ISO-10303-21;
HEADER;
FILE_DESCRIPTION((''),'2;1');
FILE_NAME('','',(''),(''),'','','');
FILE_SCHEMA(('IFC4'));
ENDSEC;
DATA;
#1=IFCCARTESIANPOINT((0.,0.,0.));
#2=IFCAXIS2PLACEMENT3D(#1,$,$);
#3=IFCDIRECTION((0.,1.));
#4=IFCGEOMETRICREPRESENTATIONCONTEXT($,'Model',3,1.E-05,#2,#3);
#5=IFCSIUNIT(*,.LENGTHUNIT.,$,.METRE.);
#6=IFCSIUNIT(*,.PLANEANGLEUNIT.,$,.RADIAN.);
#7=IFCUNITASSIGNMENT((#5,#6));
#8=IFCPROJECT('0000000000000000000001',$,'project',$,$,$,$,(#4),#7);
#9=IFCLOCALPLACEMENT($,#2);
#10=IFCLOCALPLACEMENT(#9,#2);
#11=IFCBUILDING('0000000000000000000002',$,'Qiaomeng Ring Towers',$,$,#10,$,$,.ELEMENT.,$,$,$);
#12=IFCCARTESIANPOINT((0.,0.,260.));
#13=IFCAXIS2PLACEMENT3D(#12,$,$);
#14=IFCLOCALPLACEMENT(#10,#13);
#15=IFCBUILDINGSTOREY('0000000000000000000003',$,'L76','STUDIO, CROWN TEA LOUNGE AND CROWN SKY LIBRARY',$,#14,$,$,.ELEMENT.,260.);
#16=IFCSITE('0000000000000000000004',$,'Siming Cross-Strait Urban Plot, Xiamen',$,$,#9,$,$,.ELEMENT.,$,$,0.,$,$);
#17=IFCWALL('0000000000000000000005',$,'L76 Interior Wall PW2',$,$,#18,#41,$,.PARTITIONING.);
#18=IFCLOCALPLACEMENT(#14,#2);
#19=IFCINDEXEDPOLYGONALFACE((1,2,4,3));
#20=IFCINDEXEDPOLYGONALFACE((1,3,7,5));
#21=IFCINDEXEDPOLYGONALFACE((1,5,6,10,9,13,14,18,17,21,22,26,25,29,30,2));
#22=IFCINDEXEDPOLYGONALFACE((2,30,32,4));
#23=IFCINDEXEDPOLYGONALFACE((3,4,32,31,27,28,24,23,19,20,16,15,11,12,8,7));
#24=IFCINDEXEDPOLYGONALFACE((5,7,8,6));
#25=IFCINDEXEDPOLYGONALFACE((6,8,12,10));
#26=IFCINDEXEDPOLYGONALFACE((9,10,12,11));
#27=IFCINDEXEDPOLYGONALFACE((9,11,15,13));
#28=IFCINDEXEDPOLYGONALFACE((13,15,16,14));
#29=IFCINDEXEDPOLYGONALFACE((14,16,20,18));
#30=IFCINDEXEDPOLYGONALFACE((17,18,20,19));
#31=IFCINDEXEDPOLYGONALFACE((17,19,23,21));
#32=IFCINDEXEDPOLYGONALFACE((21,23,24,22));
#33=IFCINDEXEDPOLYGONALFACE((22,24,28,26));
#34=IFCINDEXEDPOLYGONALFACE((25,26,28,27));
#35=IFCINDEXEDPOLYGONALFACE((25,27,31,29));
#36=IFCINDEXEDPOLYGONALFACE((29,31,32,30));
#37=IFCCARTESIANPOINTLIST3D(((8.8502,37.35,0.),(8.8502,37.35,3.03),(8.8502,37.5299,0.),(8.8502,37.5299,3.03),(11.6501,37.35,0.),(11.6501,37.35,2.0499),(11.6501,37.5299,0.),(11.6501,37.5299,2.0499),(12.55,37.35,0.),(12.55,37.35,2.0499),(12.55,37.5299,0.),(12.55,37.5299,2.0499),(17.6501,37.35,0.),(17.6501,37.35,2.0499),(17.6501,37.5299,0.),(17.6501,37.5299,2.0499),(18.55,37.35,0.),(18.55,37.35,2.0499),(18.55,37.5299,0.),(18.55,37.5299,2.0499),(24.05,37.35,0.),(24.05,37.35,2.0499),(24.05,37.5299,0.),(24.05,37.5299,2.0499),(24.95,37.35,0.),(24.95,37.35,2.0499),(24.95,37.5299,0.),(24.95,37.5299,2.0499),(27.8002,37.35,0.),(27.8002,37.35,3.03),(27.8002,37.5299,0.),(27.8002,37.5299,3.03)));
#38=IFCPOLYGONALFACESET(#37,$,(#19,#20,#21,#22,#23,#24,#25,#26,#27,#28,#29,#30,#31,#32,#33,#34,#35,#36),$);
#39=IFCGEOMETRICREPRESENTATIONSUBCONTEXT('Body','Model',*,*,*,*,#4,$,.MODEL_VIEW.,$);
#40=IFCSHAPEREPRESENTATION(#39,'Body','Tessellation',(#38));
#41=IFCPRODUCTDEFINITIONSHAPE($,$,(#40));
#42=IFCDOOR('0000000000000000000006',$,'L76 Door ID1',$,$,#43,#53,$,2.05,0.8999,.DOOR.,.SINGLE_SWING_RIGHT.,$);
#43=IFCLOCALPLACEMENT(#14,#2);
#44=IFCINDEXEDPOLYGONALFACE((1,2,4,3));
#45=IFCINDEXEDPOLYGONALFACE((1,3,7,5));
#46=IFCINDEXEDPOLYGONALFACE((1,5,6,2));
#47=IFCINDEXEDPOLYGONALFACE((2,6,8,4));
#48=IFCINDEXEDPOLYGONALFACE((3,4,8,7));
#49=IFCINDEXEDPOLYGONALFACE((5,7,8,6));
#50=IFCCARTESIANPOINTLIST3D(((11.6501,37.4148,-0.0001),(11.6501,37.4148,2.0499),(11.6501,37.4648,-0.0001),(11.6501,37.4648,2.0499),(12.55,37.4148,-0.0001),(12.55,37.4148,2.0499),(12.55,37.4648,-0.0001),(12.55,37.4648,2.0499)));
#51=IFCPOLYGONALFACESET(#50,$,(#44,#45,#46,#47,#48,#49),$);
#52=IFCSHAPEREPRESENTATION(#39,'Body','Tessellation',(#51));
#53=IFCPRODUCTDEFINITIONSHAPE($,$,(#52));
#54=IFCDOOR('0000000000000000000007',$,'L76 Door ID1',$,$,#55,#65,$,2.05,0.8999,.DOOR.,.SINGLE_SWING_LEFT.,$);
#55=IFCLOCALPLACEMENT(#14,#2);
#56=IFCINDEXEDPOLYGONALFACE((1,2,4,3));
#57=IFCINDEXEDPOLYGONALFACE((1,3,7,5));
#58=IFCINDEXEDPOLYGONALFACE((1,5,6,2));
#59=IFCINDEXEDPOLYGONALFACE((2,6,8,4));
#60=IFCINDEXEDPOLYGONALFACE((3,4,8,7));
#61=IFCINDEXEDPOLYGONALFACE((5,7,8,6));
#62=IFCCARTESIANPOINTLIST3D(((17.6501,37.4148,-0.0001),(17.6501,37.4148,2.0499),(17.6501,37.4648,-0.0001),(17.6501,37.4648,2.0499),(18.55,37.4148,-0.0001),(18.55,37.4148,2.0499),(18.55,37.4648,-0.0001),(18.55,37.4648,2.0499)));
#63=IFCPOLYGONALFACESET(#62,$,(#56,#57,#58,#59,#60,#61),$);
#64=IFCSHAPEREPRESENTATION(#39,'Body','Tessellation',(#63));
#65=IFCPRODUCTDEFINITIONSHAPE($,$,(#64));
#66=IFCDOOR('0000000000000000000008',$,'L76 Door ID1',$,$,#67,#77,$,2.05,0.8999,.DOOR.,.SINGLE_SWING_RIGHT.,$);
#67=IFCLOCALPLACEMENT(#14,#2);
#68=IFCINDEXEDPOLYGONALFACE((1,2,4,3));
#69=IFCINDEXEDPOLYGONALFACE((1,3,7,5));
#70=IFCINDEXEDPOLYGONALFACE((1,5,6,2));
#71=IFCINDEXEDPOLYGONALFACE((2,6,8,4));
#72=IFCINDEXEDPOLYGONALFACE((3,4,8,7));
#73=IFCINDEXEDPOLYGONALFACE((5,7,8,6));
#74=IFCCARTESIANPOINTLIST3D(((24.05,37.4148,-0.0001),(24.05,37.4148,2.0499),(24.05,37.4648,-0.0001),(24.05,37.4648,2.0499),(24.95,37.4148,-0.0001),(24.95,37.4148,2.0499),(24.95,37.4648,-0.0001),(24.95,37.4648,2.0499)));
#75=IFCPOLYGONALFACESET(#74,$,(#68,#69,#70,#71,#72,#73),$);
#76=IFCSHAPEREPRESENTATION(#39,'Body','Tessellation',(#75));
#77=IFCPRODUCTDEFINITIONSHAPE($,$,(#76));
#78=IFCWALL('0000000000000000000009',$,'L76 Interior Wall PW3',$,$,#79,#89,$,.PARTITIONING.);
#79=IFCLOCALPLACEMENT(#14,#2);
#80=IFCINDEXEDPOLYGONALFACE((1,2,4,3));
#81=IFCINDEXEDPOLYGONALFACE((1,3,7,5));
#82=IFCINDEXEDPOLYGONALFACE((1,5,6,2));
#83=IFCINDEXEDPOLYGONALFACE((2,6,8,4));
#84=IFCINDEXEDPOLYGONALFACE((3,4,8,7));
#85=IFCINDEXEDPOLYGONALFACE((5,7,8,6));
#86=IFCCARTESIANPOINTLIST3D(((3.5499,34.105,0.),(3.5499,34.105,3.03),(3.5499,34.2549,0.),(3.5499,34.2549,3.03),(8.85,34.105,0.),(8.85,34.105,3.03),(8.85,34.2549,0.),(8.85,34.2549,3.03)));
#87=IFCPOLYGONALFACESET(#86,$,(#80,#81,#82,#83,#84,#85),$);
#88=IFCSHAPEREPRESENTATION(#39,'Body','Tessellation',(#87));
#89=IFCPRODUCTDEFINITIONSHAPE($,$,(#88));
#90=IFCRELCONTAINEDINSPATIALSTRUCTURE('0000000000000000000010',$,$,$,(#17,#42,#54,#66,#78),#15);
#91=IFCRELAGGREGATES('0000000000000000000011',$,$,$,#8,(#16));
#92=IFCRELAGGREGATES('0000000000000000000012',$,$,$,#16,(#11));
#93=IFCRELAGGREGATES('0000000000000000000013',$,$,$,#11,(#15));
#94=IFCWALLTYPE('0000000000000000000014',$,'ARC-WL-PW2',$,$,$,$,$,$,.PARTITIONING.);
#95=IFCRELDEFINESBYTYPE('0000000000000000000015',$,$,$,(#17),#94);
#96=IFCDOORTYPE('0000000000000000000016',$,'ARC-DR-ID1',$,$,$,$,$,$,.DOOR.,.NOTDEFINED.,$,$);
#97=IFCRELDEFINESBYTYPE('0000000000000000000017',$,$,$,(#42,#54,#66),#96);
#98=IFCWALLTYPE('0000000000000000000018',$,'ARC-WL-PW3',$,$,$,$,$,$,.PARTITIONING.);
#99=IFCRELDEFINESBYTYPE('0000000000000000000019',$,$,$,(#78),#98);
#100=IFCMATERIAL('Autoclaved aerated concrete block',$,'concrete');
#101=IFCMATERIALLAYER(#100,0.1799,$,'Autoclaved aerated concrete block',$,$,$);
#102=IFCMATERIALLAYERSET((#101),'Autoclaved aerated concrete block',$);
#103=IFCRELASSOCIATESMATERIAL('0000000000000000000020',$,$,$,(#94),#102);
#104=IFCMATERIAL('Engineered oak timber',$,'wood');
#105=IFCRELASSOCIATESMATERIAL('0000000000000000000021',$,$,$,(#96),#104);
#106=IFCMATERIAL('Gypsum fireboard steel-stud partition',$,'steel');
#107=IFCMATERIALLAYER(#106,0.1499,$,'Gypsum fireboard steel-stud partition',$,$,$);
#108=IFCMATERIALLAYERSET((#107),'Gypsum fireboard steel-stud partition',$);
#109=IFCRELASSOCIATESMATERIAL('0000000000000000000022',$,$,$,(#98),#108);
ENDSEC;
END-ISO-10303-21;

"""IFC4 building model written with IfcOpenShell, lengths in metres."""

from ifc_helpers import new_model, si_unit, direction, frame, frame_2d, origin, place, context, subcontext, project, spatial, rectangle, extrude, source, transform, mapped, material, layer, layer_set, type_object, element, fill, save


model = new_model("IFC4")

# Units and contexts
model_context = context("Model", 3, precision=1e-05, world=origin(), true_north=direction((0.0, 1.0)))
body_context = subcontext(model_context, "Body", "Model", "MODEL_VIEW")
ifc_project = project(units=[si_unit("LENGTHUNIT", "METRE"), si_unit("PLANEANGLEUNIT", "RADIAN")], contexts=[model_context])

# Site, building, storey
site_placement = place(None, origin())
site = spatial("IfcSite", under=ifc_project, at=site_placement, Name="Siming Cross-Strait Urban Plot, Xiamen", CompositionType="ELEMENT", RefElevation=0.0)
building_placement = place(site_placement, origin())
building = spatial("IfcBuilding", under=site, at=building_placement, Name="Qiaomeng Ring Towers", CompositionType="ELEMENT")
storey_placement = place(building_placement, frame((0.0, 0.0, 260.0)))
storey = spatial("IfcBuildingStorey", under=building, at=storey_placement, Name="L76", Description="STUDIO, CROWN TEA LOUNGE AND CROWN SKY LIBRARY", CompositionType="ELEMENT", Elevation=260.0)

# Shared definitions
ifc_material_1 = material(Name="Autoclaved aerated concrete block", Category="concrete")
ifc_layer_1 = layer(ifc_material_1, 0.1799, Name="Autoclaved aerated concrete block")
ifc_layer_set_1 = layer_set([ifc_layer_1], Name="Autoclaved aerated concrete block")
wall_type_1 = type_object("IfcWallType", Name="ARC-WL-PW2", PredefinedType="PARTITIONING", material=ifc_layer_set_1)

# Wall, openings, doors
wall_1_placement = place(storey_placement, frame((8.8501, 37.4399, 0.0), z_axis=(0.0, 0.0, 1.0), x_axis=(1.0, 0.0, 0.0)))
wall_1 = element("IfcWall", 1, at=wall_1_placement, inside=storey, type_object=wall_type_1, Name="L76 Interior Wall PW2", PredefinedType="PARTITIONING", context=body_context, shape_type="SweptSolid", body=[
    extrude(rectangle(XDim=18.95, YDim=0.1799, at=frame_2d((9.4751, 0.0))), origin(), (0.0, 0.0, 1.0), 3.03),
])
opening_1_placement = place(wall_1_placement, frame((2.8, 0.0, 0.0)))
opening_1 = element("IfcOpeningElement", 2, at=opening_1_placement, cuts=wall_1, PredefinedType="OPENING", context=body_context, shape_type="SweptSolid", body=[
    extrude(rectangle(XDim=0.8999, YDim=2.05, at=frame_2d((0.45, 1.0249))), frame((0.0, 0.0999, 0.0), z_axis=(0.0, -1.0, 0.0), x_axis=(1.0, 0.0, 0.0)), (0.0, 0.0, 1.0), 0.2),
])
opening_2_placement = place(wall_1_placement, frame((8.8, 0.0, 0.0)))
opening_2 = element("IfcOpeningElement", 3, at=opening_2_placement, cuts=wall_1, PredefinedType="OPENING", context=body_context, shape_type="SweptSolid", body=[
    extrude(rectangle(XDim=0.8999, YDim=2.05, at=frame_2d((0.45, 1.0249))), frame((0.0, 0.0999, 0.0), z_axis=(0.0, -1.0, 0.0), x_axis=(1.0, 0.0, 0.0)), (0.0, 0.0, 1.0), 0.2),
])
opening_3_placement = place(wall_1_placement, frame((15.2, 0.0, 0.0)))
opening_3 = element("IfcOpeningElement", 4, at=opening_3_placement, cuts=wall_1, PredefinedType="OPENING", context=body_context, shape_type="SweptSolid", body=[
    extrude(rectangle(XDim=0.8999, YDim=2.05, at=frame_2d((0.45, 1.0249))), frame((0.0, 0.0999, 0.0), z_axis=(0.0, -1.0, 0.0), x_axis=(1.0, 0.0, 0.0)), (0.0, 0.0, 1.0), 0.2),
])
ifc_material_2 = material(Name="Engineered oak timber", Category="wood")
door_type_1 = type_object("IfcDoorType", Name="ARC-DR-ID1", OperationType="NOTDEFINED", PredefinedType="DOOR", material=ifc_material_2)
shared_shape_1 = source(origin(), body_context, "Body", "SweptSolid", [
    extrude(rectangle(XDim=0.8999, YDim=2.05, at=frame_2d((0.45, 1.0249))), frame((0.0, 0.0249, 0.0), z_axis=(0.0, -1.0, 0.0), x_axis=(1.0, 0.0, 0.0)), (0.0, 0.0, 1.0), 0.05),
])
door_1_placement = place(opening_1_placement, origin())
door_1 = element("IfcDoor", 5, at=door_1_placement, inside=storey, type_object=door_type_1, Name="L76 Door ID1", OperationType="SINGLE_SWING_RIGHT", OverallHeight=2.05, OverallWidth=0.8999, PredefinedType="DOOR", context=body_context, shape_type="MappedRepresentation", body=[
    mapped(shared_shape_1, transform((0.0, 0.0, 0.0), x_axis=(1.0, 0.0, 0.0), y_axis=(0.0, 1.0, 0.0), z_axis=(0.0, 0.0, 1.0), scale=1.0)),
])
fill(opening_1, door_1)
door_2_placement = place(opening_2_placement, origin())
door_2 = element("IfcDoor", 6, at=door_2_placement, inside=storey, type_object=door_type_1, Name="L76 Door ID1", OperationType="SINGLE_SWING_LEFT", OverallHeight=2.05, OverallWidth=0.8999, PredefinedType="DOOR", context=body_context, shape_type="MappedRepresentation", body=[
    mapped(shared_shape_1, transform((0.0, 0.0, 0.0), x_axis=(1.0, 0.0, 0.0), y_axis=(0.0, 1.0, 0.0), z_axis=(0.0, 0.0, 1.0), scale=1.0)),
])
fill(opening_2, door_2)
door_3_placement = place(opening_3_placement, origin())
door_3 = element("IfcDoor", 7, at=door_3_placement, inside=storey, type_object=door_type_1, Name="L76 Door ID1", OperationType="SINGLE_SWING_RIGHT", OverallHeight=2.05, OverallWidth=0.8999, PredefinedType="DOOR", context=body_context, shape_type="MappedRepresentation", body=[
    mapped(shared_shape_1, transform((0.0, 0.0, 0.0), x_axis=(1.0, 0.0, 0.0), y_axis=(0.0, 1.0, 0.0), z_axis=(0.0, 0.0, 1.0), scale=1.0)),
])
fill(opening_3, door_3)

# Wall
ifc_material_3 = material(Name="Gypsum fireboard steel-stud partition", Category="steel")
ifc_layer_2 = layer(ifc_material_3, 0.1499, Name="Gypsum fireboard steel-stud partition")
ifc_layer_set_2 = layer_set([ifc_layer_2], Name="Gypsum fireboard steel-stud partition")
wall_type_2 = type_object("IfcWallType", Name="ARC-WL-PW3", PredefinedType="PARTITIONING", material=ifc_layer_set_2)
wall_2_placement = place(storey_placement, frame((3.55, 34.1799, 0.0), z_axis=(0.0, 0.0, 1.0), x_axis=(1.0, 0.0, 0.0)))
element("IfcWall", 8, at=wall_2_placement, inside=storey, type_object=wall_type_2, Name="L76 Interior Wall PW3", PredefinedType="PARTITIONING", context=body_context, shape_type="SweptSolid", body=[
    extrude(rectangle(XDim=5.3, YDim=0.1499, at=frame_2d((2.6499, 0.0))), origin(), (0.0, 0.0, 1.0), 3.03),
])

save(model, "model.ifc")
